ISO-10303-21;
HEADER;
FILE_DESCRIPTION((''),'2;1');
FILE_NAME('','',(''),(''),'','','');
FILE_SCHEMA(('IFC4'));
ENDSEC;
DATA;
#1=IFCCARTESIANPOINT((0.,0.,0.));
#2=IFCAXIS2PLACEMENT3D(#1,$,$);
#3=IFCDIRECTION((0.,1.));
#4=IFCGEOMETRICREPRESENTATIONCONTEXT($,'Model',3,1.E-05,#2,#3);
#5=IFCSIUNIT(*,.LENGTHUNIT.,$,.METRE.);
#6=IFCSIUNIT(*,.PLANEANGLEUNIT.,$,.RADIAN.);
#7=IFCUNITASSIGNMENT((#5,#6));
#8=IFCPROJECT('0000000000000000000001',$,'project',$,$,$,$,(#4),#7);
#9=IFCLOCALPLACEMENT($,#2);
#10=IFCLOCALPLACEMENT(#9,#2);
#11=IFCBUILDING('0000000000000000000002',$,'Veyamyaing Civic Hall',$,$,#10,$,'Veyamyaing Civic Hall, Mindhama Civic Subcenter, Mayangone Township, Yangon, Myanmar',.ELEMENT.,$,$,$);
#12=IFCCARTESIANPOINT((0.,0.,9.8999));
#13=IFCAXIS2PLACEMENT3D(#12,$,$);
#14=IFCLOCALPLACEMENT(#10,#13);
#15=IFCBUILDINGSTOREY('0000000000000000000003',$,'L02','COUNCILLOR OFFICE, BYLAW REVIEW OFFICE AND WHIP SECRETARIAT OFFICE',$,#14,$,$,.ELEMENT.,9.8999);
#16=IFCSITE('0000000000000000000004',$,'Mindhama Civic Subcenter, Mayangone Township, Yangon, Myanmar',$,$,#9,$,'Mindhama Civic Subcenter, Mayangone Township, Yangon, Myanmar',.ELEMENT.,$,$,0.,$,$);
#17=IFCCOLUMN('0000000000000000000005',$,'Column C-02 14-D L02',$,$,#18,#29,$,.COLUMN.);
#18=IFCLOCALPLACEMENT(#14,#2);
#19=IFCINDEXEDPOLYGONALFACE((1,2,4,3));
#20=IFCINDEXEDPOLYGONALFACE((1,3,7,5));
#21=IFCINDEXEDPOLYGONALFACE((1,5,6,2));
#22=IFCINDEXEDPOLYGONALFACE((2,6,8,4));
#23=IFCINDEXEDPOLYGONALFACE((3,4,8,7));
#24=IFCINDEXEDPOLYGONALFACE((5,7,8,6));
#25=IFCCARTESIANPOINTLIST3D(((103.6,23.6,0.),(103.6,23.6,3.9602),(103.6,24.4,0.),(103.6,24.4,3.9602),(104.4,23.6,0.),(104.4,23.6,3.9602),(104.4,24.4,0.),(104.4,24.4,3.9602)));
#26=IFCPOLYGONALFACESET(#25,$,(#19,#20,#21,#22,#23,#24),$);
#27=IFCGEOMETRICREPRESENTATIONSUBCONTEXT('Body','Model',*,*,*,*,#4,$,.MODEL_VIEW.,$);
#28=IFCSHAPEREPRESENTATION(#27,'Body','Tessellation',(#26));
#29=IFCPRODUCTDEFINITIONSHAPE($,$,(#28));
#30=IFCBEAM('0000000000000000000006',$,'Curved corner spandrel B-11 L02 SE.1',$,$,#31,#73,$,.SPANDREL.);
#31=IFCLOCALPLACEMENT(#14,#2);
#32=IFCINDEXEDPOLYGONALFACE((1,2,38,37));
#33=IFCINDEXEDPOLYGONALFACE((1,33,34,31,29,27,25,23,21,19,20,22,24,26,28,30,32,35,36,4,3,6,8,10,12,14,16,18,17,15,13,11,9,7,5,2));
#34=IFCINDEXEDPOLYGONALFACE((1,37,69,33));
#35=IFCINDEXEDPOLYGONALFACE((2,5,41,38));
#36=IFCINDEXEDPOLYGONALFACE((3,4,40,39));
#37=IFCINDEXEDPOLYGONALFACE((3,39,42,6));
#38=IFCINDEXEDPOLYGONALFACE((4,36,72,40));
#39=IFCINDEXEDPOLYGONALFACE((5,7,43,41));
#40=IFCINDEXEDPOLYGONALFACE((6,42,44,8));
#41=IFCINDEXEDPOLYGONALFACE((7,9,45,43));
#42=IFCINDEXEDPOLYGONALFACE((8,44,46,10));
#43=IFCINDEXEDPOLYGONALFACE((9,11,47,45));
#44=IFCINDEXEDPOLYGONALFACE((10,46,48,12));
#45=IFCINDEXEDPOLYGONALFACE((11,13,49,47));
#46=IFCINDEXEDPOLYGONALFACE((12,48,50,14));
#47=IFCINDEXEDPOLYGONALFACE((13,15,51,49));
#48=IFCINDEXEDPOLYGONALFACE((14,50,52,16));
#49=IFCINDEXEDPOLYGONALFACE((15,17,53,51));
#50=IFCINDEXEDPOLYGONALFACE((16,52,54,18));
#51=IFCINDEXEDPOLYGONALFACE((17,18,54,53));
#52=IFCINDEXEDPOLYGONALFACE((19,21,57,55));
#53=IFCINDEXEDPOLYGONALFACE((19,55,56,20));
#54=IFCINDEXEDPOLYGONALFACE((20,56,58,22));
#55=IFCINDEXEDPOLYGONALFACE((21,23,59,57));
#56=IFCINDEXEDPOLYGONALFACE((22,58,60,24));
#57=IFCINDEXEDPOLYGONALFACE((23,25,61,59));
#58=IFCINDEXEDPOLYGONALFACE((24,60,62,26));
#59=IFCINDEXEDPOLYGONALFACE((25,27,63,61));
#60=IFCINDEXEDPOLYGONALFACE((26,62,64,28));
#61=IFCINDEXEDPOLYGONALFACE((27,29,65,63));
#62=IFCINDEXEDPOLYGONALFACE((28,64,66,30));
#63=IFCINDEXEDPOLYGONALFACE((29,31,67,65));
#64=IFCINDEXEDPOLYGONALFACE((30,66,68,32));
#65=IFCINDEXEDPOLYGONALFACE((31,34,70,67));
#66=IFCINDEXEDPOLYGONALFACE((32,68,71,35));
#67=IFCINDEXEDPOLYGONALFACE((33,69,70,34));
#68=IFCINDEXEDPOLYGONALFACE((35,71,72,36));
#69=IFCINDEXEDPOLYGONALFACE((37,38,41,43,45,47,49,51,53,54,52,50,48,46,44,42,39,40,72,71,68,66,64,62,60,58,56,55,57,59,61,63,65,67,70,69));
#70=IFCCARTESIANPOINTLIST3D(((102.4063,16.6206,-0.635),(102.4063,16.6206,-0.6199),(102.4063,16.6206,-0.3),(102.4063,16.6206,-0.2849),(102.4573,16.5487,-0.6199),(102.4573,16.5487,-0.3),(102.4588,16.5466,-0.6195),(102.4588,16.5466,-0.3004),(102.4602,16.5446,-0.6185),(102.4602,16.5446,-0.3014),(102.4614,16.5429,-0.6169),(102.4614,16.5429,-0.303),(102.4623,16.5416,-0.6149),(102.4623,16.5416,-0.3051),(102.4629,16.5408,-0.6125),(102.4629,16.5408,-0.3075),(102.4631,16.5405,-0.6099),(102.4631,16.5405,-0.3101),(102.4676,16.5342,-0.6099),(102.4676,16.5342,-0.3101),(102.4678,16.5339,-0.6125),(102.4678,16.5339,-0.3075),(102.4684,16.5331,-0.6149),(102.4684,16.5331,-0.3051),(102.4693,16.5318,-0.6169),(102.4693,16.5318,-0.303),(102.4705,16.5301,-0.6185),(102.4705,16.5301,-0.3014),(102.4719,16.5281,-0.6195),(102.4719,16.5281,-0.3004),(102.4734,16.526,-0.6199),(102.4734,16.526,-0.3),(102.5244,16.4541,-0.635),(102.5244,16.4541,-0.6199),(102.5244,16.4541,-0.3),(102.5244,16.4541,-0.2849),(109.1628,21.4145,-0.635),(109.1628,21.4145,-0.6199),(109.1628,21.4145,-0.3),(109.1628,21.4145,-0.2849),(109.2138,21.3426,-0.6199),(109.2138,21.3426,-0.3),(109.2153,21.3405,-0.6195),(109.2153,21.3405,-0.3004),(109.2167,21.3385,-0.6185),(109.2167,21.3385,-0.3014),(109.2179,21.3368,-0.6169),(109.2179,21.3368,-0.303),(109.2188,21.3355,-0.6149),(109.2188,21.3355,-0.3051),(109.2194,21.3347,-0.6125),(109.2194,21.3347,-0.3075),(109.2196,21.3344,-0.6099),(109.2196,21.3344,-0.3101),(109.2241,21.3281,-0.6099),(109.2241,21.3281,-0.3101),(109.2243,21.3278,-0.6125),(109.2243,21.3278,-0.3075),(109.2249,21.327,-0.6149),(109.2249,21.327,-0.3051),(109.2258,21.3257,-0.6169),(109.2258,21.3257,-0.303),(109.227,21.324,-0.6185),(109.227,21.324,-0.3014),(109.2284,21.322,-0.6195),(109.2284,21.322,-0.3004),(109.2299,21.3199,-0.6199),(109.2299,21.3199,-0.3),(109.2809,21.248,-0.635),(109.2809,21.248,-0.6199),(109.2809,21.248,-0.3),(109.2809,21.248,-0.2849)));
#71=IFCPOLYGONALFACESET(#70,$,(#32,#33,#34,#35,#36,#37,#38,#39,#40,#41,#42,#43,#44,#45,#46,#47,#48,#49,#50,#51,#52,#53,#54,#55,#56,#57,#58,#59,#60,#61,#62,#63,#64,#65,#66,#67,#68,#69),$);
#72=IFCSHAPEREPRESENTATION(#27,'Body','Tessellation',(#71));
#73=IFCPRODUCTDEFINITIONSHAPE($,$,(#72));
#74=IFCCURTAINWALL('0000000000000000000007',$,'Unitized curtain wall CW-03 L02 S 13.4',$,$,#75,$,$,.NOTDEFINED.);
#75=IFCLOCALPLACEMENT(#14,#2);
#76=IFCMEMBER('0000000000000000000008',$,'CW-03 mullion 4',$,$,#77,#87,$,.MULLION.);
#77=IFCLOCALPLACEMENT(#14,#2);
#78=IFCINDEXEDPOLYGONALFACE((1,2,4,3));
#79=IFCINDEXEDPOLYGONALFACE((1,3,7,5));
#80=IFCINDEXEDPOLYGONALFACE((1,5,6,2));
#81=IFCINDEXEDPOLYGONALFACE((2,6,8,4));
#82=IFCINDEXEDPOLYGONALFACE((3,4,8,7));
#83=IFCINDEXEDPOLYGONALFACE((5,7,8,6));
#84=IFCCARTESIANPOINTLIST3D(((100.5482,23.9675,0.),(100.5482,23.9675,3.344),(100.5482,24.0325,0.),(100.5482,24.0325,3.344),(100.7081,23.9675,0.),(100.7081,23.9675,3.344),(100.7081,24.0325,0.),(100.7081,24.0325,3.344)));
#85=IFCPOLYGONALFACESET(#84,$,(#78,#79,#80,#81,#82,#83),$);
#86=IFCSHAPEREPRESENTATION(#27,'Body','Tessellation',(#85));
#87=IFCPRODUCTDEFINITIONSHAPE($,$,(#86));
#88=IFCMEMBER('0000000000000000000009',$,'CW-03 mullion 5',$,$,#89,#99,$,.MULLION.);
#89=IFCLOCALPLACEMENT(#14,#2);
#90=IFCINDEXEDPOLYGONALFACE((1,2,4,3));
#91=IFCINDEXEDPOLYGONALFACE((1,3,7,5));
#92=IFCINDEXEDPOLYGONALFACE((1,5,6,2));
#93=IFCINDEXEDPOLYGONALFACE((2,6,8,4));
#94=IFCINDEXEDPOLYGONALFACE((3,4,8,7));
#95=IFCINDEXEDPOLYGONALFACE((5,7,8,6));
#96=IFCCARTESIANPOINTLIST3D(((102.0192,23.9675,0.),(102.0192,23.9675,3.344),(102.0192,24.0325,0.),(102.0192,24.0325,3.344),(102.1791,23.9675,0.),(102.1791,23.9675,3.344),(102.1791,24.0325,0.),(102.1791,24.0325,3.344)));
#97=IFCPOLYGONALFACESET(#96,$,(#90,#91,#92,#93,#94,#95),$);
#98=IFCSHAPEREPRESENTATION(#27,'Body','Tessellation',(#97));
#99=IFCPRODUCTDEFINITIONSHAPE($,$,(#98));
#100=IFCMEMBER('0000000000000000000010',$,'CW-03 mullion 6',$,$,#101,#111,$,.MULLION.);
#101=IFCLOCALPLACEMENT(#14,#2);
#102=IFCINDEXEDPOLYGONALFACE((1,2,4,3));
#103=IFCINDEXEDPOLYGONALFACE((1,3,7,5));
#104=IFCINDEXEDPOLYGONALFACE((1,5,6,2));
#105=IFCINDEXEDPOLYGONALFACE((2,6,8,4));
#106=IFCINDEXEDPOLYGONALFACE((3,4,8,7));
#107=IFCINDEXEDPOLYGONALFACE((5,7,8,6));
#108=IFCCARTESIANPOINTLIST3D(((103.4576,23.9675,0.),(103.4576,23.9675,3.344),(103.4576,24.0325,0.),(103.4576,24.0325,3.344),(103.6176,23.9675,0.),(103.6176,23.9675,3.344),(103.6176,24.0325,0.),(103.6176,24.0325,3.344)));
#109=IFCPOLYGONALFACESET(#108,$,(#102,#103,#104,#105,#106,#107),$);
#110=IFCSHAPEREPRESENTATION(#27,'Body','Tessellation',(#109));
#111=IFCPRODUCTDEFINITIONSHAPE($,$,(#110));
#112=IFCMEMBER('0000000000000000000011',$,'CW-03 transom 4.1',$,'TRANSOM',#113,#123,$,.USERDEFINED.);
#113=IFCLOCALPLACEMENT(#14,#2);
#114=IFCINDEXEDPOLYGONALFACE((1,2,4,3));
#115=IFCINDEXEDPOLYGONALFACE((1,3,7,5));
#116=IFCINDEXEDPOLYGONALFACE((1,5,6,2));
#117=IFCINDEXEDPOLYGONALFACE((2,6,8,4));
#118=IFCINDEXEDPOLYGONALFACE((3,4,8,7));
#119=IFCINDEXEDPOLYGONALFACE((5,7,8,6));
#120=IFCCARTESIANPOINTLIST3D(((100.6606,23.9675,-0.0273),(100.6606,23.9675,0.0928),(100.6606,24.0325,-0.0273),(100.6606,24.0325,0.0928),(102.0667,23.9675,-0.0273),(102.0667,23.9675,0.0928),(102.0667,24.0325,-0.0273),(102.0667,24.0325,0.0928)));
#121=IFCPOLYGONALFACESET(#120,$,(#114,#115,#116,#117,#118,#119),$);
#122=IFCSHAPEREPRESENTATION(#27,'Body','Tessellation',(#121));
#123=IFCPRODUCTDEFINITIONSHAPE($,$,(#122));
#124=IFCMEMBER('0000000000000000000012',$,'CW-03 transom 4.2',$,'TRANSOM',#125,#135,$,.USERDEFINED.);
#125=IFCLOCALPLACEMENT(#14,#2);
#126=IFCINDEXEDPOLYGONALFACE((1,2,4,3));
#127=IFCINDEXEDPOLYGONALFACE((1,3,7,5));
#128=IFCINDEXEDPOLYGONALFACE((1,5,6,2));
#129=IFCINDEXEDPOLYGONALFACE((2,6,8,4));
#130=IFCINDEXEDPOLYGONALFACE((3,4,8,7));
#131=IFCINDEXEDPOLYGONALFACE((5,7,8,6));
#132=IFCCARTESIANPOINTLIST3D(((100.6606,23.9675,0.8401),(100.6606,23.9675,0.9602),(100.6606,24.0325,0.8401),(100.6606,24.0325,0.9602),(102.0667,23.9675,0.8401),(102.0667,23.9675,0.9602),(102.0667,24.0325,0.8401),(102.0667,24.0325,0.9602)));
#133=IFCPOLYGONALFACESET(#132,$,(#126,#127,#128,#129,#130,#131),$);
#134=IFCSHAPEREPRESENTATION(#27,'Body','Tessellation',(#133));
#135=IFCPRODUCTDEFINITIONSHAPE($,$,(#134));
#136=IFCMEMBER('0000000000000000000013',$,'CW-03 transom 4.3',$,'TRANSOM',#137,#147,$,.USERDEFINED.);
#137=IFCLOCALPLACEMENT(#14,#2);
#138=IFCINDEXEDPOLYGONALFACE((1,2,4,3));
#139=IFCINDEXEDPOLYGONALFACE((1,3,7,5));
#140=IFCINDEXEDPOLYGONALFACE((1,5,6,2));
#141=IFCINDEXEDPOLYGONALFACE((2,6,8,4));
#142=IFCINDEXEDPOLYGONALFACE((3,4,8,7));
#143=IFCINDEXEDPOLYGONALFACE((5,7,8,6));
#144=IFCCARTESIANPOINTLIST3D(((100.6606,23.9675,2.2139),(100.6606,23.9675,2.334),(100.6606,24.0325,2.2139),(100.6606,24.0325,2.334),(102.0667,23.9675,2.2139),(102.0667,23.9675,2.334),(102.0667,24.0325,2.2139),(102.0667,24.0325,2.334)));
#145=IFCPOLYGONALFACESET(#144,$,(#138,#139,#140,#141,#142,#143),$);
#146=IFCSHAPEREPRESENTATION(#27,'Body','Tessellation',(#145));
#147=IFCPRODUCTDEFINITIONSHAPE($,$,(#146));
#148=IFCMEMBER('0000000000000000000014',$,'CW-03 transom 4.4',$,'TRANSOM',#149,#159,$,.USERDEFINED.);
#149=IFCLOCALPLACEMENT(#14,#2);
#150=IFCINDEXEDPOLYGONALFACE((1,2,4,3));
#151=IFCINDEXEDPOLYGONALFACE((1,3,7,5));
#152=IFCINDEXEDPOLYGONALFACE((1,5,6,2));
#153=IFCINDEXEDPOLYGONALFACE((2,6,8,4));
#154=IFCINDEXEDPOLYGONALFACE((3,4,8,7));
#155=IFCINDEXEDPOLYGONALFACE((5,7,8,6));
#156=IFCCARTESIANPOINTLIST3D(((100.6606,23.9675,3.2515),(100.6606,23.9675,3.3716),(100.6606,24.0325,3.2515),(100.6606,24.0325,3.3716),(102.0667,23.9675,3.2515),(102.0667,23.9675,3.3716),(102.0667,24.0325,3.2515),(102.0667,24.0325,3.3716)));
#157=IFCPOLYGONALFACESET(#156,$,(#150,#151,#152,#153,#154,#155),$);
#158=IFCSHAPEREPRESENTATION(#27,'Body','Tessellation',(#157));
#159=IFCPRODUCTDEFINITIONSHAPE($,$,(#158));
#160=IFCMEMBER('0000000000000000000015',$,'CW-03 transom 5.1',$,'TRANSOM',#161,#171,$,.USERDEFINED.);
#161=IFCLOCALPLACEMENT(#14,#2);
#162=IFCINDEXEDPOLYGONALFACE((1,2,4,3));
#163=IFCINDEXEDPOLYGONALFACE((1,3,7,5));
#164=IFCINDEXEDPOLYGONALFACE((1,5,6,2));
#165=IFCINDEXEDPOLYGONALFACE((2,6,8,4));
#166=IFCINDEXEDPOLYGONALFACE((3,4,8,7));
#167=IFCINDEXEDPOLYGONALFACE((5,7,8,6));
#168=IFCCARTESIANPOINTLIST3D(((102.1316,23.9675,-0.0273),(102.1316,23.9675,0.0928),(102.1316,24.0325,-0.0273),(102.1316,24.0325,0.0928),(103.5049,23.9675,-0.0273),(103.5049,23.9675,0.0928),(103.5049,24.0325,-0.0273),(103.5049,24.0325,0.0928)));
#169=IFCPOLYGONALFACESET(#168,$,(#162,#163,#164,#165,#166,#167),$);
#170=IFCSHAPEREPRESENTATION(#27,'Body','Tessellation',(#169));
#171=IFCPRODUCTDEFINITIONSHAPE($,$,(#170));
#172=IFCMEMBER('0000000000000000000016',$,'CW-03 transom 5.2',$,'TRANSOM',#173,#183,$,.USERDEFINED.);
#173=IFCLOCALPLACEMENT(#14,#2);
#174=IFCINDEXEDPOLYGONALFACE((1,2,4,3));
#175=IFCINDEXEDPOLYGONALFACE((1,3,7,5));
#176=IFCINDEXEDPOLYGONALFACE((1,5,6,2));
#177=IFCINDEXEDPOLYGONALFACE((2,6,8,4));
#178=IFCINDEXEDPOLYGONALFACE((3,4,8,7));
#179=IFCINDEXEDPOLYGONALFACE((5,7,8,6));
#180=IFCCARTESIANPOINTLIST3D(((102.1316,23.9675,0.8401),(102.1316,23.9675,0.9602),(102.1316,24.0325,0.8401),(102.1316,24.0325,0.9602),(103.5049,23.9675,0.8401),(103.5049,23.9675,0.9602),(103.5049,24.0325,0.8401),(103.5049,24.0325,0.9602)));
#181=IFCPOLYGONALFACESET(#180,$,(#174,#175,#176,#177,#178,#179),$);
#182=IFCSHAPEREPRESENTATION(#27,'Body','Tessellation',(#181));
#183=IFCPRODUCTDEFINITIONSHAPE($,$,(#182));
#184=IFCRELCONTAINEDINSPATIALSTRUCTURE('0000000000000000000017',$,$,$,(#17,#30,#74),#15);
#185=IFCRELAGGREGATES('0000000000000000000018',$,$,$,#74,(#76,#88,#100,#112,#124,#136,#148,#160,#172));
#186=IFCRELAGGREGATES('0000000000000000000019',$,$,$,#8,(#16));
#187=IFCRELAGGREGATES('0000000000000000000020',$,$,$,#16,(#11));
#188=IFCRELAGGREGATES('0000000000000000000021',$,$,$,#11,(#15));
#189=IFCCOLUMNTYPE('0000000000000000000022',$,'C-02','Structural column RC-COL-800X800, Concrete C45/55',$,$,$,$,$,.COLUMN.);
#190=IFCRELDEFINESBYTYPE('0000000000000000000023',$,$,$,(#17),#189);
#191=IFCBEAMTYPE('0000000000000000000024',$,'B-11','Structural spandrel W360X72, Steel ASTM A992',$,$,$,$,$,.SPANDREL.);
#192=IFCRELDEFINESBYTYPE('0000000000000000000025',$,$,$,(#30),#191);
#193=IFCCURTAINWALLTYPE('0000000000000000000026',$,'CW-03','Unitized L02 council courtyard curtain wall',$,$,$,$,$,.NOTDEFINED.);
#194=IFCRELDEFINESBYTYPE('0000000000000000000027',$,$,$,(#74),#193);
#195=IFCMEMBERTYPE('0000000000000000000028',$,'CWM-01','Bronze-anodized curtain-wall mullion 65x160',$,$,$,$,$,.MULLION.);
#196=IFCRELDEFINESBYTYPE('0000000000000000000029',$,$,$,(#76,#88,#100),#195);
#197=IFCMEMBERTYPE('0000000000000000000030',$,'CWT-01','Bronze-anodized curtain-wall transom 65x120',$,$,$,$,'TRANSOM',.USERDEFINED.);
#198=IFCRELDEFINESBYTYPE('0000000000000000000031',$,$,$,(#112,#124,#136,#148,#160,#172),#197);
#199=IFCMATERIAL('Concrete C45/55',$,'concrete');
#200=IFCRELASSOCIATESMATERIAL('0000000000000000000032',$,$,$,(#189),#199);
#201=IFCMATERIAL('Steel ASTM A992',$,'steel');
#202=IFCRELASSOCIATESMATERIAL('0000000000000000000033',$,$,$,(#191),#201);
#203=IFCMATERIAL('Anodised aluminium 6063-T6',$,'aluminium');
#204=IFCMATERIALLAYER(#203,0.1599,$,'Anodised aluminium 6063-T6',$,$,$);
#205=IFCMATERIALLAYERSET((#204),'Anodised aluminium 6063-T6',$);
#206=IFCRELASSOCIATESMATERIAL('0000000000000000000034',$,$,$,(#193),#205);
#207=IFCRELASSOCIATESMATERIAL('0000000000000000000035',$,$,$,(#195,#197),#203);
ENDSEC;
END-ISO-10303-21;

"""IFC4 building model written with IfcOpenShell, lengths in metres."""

from ifc_helpers import new_model, si_unit, direction, frame, origin, origin_2d, place, context, subcontext, project, spatial, rectangle, i_section, extrude, material, layer, layer_set, material_profile, profile_set, type_object, element, aggregate, save


model = new_model("IFC4")

# Units and contexts
model_context = context("Model", 3, precision=1e-05, world=origin(), true_north=direction((0.0, 1.0)))
body_context = subcontext(model_context, "Body", "Model", "MODEL_VIEW")
ifc_project = project(units=[si_unit("LENGTHUNIT", "METRE"), si_unit("PLANEANGLEUNIT", "RADIAN")], contexts=[model_context])

# Site, building, storey
site_placement = place(None, origin())
site = spatial("IfcSite", under=ifc_project, at=site_placement, Name="Mindhama Civic Subcenter, Mayangone Township, Yangon, Myanmar", LongName="Mindhama Civic Subcenter, Mayangone Township, Yangon, Myanmar", CompositionType="ELEMENT", RefElevation=0.0)
building_placement = place(site_placement, origin())
building = spatial("IfcBuilding", under=site, at=building_placement, Name="Veyamyaing Civic Hall", LongName="Veyamyaing Civic Hall, Mindhama Civic Subcenter, Mayangone Township, Yangon, Myanmar", CompositionType="ELEMENT")
storey_placement = place(building_placement, frame((0.0, 0.0, 9.8999)))
storey = spatial("IfcBuildingStorey", under=building, at=storey_placement, Name="L02", Description="COUNCILLOR OFFICE, BYLAW REVIEW OFFICE AND WHIP SECRETARIAT OFFICE", CompositionType="ELEMENT", Elevation=9.8999)

# Column
ifc_material_1 = material(Name="Concrete C45/55", Category="concrete")
ifc_material_profile_1 = material_profile(ifc_material_1, rectangle(XDim=0.8, YDim=0.8, at=origin_2d()), Name="RC-COL-800X800")
ifc_profile_set_1 = profile_set([ifc_material_profile_1], Name="Concrete C45/55")
column_type = type_object("IfcColumnType", Name="C-02", Description="Structural column RC-COL-800X800, Concrete C45/55", PredefinedType="COLUMN", material=ifc_profile_set_1)
column_placement = place(storey_placement, frame((104.0, 24.0, 0.0), z_axis=(0.0, 0.0, 1.0), x_axis=(1.0, 0.0, 0.0)))
element("IfcColumn", 1, at=column_placement, inside=storey, type_object=column_type, Name="Column C-02 14-D L02", PredefinedType="COLUMN", context=body_context, shape_type="SweptSolid", body=[
    extrude(rectangle(XDim=0.8, YDim=0.8, at=origin_2d()), origin(), (0.0, 0.0, 1.0), 3.9602),
])

# Beam
ifc_material_2 = material(Name="Steel ASTM A992", Category="steel")
ifc_material_profile_2 = material_profile(ifc_material_2, i_section(OverallWidth=0.2041, OverallDepth=0.3501, WebThickness=0.0078, FlangeThickness=0.0151, FilletRadius=0.01, at=origin_2d()), Name="W360X72")
ifc_profile_set_2 = profile_set([ifc_material_profile_2], Name="Steel ASTM A992")
beam_type = type_object("IfcBeamType", Name="B-11", Description="Structural spandrel W360X72, Steel ASTM A992", PredefinedType="SPANDREL", material=ifc_profile_set_2)
beam_placement = place(storey_placement, frame((102.4653, 16.5374, -0.46), z_axis=(0.815567, 0.578662, 0.0), x_axis=(-0.578662, 0.815567, 0.0)))
element("IfcBeam", 2, at=beam_placement, inside=storey, type_object=beam_type, Name="Curved corner spandrel B-11 L02 SE.1", PredefinedType="SPANDREL", context=body_context, shape_type="SweptSolid", body=[
    extrude(i_section(OverallWidth=0.2041, OverallDepth=0.3501, WebThickness=0.0078, FlangeThickness=0.0151, FilletRadius=0.01, at=origin_2d()), origin(), (0.0, 0.0, 1.0), 8.2844),
])

# Curtain wall, members
ifc_material_3 = material(Name="Anodised aluminium 6063-T6", Category="aluminium")
ifc_layer_1 = layer(ifc_material_3, 0.1599, Name="Anodised aluminium 6063-T6")
ifc_layer_set_1 = layer_set([ifc_layer_1], Name="Anodised aluminium 6063-T6")
curtain_wall_type = type_object("IfcCurtainWallType", Name="CW-03", Description="Unitized L02 council courtyard curtain wall", PredefinedType="NOTDEFINED", material=ifc_layer_set_1)
curtain_wall_placement = place(storey_placement, origin())
curtain_wall = element("IfcCurtainWall", 3, at=curtain_wall_placement, inside=storey, type_object=curtain_wall_type, Name="Unitized curtain wall CW-03 L02 S 13.4", PredefinedType="NOTDEFINED")
ifc_material_profile_3 = material_profile(ifc_material_3, rectangle(XDim=0.0649, YDim=0.1599, at=origin_2d()), Name="ALU-MUL-65X160")
ifc_profile_set_3 = profile_set([ifc_material_profile_3], Name="Anodised aluminium 6063-T6")
member_type_1 = type_object("IfcMemberType", Name="CWM-01", Description="Bronze-anodized curtain-wall mullion 65x160", PredefinedType="MULLION", material=ifc_profile_set_3)
member_1_placement = place(storey_placement, frame((100.6282, 24.0, 0.0), z_axis=(0.0, 0.0, 1.0), x_axis=(0.0, 1.0, 0.0)))
member_1 = element("IfcMember", 4, at=member_1_placement, type_object=member_type_1, Name="CW-03 mullion 4", PredefinedType="MULLION", context=body_context, shape_type="SweptSolid", body=[
    extrude(rectangle(XDim=0.0649, YDim=0.1599, at=origin_2d()), origin(), (0.0, 0.0, 1.0), 3.344),
])
member_2_placement = place(storey_placement, frame((102.0991, 24.0, 0.0), z_axis=(0.0, 0.0, 1.0), x_axis=(0.0, 1.0, 0.0)))
member_2 = element("IfcMember", 5, at=member_2_placement, type_object=member_type_1, Name="CW-03 mullion 5", PredefinedType="MULLION", context=body_context, shape_type="SweptSolid", body=[
    extrude(rectangle(XDim=0.0649, YDim=0.1599, at=origin_2d()), origin(), (0.0, 0.0, 1.0), 3.344),
])
member_3_placement = place(storey_placement, frame((103.5376, 24.0, 0.0), z_axis=(0.0, 0.0, 1.0), x_axis=(0.0, 1.0, 0.0)))
member_3 = element("IfcMember", 6, at=member_3_placement, type_object=member_type_1, Name="CW-03 mullion 6", PredefinedType="MULLION", context=body_context, shape_type="SweptSolid", body=[
    extrude(rectangle(XDim=0.0649, YDim=0.1599, at=origin_2d()), origin(), (0.0, 0.0, 1.0), 3.344),
])
ifc_material_profile_4 = material_profile(ifc_material_3, rectangle(XDim=0.0649, YDim=0.1201, at=origin_2d()), Name="ALU-TRN-65X120")
ifc_profile_set_4 = profile_set([ifc_material_profile_4], Name="Anodised aluminium 6063-T6")
member_type_2 = type_object("IfcMemberType", Name="CWT-01", Description="Bronze-anodized curtain-wall transom 65x120", ElementType="TRANSOM", PredefinedType="USERDEFINED", material=ifc_profile_set_4)
member_4_placement = place(storey_placement, frame((100.6606, 24.0, 0.0327), z_axis=(1.0, 0.0, 0.0), x_axis=(0.0, 1.0, 0.0)))
member_4 = element("IfcMember", 7, at=member_4_placement, type_object=member_type_2, Name="CW-03 transom 4.1", ObjectType="TRANSOM", PredefinedType="USERDEFINED", context=body_context, shape_type="SweptSolid", body=[
    extrude(rectangle(XDim=0.0649, YDim=0.1201, at=origin_2d()), origin(), (0.0, 0.0, 1.0), 1.406),
])
member_5_placement = place(storey_placement, frame((100.6606, 24.0, 0.9001), z_axis=(1.0, 0.0, 0.0), x_axis=(0.0, 1.0, 0.0)))
member_5 = element("IfcMember", 8, at=member_5_placement, type_object=member_type_2, Name="CW-03 transom 4.2", ObjectType="TRANSOM", PredefinedType="USERDEFINED", context=body_context, shape_type="SweptSolid", body=[
    extrude(rectangle(XDim=0.0649, YDim=0.1201, at=origin_2d()), origin(), (0.0, 0.0, 1.0), 1.406),
])
member_6_placement = place(storey_placement, frame((100.6606, 24.0, 2.2739), z_axis=(1.0, 0.0, 0.0), x_axis=(0.0, 1.0, 0.0)))
member_6 = element("IfcMember", 9, at=member_6_placement, type_object=member_type_2, Name="CW-03 transom 4.3", ObjectType="TRANSOM", PredefinedType="USERDEFINED", context=body_context, shape_type="SweptSolid", body=[
    extrude(rectangle(XDim=0.0649, YDim=0.1201, at=origin_2d()), origin(), (0.0, 0.0, 1.0), 1.406),
])
member_7_placement = place(storey_placement, frame((100.6606, 24.0, 3.3115), z_axis=(1.0, 0.0, 0.0), x_axis=(0.0, 1.0, 0.0)))
member_7 = element("IfcMember", 10, at=member_7_placement, type_object=member_type_2, Name="CW-03 transom 4.4", ObjectType="TRANSOM", PredefinedType="USERDEFINED", context=body_context, shape_type="SweptSolid", body=[
    extrude(rectangle(XDim=0.0649, YDim=0.1201, at=origin_2d()), origin(), (0.0, 0.0, 1.0), 1.406),
])
member_8_placement = place(storey_placement, frame((102.1316, 24.0, 0.0327), z_axis=(1.0, 0.0, 0.0), x_axis=(0.0, 1.0, 0.0)))
member_8 = element("IfcMember", 11, at=member_8_placement, type_object=member_type_2, Name="CW-03 transom 5.1", ObjectType="TRANSOM", PredefinedType="USERDEFINED", context=body_context, shape_type="SweptSolid", body=[
    extrude(rectangle(XDim=0.0649, YDim=0.1201, at=origin_2d()), origin(), (0.0, 0.0, 1.0), 1.3733),
])
member_9_placement = place(storey_placement, frame((102.1316, 24.0, 0.9001), z_axis=(1.0, 0.0, 0.0), x_axis=(0.0, 1.0, 0.0)))
member_9 = element("IfcMember", 12, at=member_9_placement, type_object=member_type_2, Name="CW-03 transom 5.2", ObjectType="TRANSOM", PredefinedType="USERDEFINED", context=body_context, shape_type="SweptSolid", body=[
    extrude(rectangle(XDim=0.0649, YDim=0.1201, at=origin_2d()), origin(), (0.0, 0.0, 1.0), 1.3733),
])
aggregate(curtain_wall, [member_1, member_2, member_3, member_4, member_5, member_6, member_7, member_8, member_9])

save(model, "model.ifc")
